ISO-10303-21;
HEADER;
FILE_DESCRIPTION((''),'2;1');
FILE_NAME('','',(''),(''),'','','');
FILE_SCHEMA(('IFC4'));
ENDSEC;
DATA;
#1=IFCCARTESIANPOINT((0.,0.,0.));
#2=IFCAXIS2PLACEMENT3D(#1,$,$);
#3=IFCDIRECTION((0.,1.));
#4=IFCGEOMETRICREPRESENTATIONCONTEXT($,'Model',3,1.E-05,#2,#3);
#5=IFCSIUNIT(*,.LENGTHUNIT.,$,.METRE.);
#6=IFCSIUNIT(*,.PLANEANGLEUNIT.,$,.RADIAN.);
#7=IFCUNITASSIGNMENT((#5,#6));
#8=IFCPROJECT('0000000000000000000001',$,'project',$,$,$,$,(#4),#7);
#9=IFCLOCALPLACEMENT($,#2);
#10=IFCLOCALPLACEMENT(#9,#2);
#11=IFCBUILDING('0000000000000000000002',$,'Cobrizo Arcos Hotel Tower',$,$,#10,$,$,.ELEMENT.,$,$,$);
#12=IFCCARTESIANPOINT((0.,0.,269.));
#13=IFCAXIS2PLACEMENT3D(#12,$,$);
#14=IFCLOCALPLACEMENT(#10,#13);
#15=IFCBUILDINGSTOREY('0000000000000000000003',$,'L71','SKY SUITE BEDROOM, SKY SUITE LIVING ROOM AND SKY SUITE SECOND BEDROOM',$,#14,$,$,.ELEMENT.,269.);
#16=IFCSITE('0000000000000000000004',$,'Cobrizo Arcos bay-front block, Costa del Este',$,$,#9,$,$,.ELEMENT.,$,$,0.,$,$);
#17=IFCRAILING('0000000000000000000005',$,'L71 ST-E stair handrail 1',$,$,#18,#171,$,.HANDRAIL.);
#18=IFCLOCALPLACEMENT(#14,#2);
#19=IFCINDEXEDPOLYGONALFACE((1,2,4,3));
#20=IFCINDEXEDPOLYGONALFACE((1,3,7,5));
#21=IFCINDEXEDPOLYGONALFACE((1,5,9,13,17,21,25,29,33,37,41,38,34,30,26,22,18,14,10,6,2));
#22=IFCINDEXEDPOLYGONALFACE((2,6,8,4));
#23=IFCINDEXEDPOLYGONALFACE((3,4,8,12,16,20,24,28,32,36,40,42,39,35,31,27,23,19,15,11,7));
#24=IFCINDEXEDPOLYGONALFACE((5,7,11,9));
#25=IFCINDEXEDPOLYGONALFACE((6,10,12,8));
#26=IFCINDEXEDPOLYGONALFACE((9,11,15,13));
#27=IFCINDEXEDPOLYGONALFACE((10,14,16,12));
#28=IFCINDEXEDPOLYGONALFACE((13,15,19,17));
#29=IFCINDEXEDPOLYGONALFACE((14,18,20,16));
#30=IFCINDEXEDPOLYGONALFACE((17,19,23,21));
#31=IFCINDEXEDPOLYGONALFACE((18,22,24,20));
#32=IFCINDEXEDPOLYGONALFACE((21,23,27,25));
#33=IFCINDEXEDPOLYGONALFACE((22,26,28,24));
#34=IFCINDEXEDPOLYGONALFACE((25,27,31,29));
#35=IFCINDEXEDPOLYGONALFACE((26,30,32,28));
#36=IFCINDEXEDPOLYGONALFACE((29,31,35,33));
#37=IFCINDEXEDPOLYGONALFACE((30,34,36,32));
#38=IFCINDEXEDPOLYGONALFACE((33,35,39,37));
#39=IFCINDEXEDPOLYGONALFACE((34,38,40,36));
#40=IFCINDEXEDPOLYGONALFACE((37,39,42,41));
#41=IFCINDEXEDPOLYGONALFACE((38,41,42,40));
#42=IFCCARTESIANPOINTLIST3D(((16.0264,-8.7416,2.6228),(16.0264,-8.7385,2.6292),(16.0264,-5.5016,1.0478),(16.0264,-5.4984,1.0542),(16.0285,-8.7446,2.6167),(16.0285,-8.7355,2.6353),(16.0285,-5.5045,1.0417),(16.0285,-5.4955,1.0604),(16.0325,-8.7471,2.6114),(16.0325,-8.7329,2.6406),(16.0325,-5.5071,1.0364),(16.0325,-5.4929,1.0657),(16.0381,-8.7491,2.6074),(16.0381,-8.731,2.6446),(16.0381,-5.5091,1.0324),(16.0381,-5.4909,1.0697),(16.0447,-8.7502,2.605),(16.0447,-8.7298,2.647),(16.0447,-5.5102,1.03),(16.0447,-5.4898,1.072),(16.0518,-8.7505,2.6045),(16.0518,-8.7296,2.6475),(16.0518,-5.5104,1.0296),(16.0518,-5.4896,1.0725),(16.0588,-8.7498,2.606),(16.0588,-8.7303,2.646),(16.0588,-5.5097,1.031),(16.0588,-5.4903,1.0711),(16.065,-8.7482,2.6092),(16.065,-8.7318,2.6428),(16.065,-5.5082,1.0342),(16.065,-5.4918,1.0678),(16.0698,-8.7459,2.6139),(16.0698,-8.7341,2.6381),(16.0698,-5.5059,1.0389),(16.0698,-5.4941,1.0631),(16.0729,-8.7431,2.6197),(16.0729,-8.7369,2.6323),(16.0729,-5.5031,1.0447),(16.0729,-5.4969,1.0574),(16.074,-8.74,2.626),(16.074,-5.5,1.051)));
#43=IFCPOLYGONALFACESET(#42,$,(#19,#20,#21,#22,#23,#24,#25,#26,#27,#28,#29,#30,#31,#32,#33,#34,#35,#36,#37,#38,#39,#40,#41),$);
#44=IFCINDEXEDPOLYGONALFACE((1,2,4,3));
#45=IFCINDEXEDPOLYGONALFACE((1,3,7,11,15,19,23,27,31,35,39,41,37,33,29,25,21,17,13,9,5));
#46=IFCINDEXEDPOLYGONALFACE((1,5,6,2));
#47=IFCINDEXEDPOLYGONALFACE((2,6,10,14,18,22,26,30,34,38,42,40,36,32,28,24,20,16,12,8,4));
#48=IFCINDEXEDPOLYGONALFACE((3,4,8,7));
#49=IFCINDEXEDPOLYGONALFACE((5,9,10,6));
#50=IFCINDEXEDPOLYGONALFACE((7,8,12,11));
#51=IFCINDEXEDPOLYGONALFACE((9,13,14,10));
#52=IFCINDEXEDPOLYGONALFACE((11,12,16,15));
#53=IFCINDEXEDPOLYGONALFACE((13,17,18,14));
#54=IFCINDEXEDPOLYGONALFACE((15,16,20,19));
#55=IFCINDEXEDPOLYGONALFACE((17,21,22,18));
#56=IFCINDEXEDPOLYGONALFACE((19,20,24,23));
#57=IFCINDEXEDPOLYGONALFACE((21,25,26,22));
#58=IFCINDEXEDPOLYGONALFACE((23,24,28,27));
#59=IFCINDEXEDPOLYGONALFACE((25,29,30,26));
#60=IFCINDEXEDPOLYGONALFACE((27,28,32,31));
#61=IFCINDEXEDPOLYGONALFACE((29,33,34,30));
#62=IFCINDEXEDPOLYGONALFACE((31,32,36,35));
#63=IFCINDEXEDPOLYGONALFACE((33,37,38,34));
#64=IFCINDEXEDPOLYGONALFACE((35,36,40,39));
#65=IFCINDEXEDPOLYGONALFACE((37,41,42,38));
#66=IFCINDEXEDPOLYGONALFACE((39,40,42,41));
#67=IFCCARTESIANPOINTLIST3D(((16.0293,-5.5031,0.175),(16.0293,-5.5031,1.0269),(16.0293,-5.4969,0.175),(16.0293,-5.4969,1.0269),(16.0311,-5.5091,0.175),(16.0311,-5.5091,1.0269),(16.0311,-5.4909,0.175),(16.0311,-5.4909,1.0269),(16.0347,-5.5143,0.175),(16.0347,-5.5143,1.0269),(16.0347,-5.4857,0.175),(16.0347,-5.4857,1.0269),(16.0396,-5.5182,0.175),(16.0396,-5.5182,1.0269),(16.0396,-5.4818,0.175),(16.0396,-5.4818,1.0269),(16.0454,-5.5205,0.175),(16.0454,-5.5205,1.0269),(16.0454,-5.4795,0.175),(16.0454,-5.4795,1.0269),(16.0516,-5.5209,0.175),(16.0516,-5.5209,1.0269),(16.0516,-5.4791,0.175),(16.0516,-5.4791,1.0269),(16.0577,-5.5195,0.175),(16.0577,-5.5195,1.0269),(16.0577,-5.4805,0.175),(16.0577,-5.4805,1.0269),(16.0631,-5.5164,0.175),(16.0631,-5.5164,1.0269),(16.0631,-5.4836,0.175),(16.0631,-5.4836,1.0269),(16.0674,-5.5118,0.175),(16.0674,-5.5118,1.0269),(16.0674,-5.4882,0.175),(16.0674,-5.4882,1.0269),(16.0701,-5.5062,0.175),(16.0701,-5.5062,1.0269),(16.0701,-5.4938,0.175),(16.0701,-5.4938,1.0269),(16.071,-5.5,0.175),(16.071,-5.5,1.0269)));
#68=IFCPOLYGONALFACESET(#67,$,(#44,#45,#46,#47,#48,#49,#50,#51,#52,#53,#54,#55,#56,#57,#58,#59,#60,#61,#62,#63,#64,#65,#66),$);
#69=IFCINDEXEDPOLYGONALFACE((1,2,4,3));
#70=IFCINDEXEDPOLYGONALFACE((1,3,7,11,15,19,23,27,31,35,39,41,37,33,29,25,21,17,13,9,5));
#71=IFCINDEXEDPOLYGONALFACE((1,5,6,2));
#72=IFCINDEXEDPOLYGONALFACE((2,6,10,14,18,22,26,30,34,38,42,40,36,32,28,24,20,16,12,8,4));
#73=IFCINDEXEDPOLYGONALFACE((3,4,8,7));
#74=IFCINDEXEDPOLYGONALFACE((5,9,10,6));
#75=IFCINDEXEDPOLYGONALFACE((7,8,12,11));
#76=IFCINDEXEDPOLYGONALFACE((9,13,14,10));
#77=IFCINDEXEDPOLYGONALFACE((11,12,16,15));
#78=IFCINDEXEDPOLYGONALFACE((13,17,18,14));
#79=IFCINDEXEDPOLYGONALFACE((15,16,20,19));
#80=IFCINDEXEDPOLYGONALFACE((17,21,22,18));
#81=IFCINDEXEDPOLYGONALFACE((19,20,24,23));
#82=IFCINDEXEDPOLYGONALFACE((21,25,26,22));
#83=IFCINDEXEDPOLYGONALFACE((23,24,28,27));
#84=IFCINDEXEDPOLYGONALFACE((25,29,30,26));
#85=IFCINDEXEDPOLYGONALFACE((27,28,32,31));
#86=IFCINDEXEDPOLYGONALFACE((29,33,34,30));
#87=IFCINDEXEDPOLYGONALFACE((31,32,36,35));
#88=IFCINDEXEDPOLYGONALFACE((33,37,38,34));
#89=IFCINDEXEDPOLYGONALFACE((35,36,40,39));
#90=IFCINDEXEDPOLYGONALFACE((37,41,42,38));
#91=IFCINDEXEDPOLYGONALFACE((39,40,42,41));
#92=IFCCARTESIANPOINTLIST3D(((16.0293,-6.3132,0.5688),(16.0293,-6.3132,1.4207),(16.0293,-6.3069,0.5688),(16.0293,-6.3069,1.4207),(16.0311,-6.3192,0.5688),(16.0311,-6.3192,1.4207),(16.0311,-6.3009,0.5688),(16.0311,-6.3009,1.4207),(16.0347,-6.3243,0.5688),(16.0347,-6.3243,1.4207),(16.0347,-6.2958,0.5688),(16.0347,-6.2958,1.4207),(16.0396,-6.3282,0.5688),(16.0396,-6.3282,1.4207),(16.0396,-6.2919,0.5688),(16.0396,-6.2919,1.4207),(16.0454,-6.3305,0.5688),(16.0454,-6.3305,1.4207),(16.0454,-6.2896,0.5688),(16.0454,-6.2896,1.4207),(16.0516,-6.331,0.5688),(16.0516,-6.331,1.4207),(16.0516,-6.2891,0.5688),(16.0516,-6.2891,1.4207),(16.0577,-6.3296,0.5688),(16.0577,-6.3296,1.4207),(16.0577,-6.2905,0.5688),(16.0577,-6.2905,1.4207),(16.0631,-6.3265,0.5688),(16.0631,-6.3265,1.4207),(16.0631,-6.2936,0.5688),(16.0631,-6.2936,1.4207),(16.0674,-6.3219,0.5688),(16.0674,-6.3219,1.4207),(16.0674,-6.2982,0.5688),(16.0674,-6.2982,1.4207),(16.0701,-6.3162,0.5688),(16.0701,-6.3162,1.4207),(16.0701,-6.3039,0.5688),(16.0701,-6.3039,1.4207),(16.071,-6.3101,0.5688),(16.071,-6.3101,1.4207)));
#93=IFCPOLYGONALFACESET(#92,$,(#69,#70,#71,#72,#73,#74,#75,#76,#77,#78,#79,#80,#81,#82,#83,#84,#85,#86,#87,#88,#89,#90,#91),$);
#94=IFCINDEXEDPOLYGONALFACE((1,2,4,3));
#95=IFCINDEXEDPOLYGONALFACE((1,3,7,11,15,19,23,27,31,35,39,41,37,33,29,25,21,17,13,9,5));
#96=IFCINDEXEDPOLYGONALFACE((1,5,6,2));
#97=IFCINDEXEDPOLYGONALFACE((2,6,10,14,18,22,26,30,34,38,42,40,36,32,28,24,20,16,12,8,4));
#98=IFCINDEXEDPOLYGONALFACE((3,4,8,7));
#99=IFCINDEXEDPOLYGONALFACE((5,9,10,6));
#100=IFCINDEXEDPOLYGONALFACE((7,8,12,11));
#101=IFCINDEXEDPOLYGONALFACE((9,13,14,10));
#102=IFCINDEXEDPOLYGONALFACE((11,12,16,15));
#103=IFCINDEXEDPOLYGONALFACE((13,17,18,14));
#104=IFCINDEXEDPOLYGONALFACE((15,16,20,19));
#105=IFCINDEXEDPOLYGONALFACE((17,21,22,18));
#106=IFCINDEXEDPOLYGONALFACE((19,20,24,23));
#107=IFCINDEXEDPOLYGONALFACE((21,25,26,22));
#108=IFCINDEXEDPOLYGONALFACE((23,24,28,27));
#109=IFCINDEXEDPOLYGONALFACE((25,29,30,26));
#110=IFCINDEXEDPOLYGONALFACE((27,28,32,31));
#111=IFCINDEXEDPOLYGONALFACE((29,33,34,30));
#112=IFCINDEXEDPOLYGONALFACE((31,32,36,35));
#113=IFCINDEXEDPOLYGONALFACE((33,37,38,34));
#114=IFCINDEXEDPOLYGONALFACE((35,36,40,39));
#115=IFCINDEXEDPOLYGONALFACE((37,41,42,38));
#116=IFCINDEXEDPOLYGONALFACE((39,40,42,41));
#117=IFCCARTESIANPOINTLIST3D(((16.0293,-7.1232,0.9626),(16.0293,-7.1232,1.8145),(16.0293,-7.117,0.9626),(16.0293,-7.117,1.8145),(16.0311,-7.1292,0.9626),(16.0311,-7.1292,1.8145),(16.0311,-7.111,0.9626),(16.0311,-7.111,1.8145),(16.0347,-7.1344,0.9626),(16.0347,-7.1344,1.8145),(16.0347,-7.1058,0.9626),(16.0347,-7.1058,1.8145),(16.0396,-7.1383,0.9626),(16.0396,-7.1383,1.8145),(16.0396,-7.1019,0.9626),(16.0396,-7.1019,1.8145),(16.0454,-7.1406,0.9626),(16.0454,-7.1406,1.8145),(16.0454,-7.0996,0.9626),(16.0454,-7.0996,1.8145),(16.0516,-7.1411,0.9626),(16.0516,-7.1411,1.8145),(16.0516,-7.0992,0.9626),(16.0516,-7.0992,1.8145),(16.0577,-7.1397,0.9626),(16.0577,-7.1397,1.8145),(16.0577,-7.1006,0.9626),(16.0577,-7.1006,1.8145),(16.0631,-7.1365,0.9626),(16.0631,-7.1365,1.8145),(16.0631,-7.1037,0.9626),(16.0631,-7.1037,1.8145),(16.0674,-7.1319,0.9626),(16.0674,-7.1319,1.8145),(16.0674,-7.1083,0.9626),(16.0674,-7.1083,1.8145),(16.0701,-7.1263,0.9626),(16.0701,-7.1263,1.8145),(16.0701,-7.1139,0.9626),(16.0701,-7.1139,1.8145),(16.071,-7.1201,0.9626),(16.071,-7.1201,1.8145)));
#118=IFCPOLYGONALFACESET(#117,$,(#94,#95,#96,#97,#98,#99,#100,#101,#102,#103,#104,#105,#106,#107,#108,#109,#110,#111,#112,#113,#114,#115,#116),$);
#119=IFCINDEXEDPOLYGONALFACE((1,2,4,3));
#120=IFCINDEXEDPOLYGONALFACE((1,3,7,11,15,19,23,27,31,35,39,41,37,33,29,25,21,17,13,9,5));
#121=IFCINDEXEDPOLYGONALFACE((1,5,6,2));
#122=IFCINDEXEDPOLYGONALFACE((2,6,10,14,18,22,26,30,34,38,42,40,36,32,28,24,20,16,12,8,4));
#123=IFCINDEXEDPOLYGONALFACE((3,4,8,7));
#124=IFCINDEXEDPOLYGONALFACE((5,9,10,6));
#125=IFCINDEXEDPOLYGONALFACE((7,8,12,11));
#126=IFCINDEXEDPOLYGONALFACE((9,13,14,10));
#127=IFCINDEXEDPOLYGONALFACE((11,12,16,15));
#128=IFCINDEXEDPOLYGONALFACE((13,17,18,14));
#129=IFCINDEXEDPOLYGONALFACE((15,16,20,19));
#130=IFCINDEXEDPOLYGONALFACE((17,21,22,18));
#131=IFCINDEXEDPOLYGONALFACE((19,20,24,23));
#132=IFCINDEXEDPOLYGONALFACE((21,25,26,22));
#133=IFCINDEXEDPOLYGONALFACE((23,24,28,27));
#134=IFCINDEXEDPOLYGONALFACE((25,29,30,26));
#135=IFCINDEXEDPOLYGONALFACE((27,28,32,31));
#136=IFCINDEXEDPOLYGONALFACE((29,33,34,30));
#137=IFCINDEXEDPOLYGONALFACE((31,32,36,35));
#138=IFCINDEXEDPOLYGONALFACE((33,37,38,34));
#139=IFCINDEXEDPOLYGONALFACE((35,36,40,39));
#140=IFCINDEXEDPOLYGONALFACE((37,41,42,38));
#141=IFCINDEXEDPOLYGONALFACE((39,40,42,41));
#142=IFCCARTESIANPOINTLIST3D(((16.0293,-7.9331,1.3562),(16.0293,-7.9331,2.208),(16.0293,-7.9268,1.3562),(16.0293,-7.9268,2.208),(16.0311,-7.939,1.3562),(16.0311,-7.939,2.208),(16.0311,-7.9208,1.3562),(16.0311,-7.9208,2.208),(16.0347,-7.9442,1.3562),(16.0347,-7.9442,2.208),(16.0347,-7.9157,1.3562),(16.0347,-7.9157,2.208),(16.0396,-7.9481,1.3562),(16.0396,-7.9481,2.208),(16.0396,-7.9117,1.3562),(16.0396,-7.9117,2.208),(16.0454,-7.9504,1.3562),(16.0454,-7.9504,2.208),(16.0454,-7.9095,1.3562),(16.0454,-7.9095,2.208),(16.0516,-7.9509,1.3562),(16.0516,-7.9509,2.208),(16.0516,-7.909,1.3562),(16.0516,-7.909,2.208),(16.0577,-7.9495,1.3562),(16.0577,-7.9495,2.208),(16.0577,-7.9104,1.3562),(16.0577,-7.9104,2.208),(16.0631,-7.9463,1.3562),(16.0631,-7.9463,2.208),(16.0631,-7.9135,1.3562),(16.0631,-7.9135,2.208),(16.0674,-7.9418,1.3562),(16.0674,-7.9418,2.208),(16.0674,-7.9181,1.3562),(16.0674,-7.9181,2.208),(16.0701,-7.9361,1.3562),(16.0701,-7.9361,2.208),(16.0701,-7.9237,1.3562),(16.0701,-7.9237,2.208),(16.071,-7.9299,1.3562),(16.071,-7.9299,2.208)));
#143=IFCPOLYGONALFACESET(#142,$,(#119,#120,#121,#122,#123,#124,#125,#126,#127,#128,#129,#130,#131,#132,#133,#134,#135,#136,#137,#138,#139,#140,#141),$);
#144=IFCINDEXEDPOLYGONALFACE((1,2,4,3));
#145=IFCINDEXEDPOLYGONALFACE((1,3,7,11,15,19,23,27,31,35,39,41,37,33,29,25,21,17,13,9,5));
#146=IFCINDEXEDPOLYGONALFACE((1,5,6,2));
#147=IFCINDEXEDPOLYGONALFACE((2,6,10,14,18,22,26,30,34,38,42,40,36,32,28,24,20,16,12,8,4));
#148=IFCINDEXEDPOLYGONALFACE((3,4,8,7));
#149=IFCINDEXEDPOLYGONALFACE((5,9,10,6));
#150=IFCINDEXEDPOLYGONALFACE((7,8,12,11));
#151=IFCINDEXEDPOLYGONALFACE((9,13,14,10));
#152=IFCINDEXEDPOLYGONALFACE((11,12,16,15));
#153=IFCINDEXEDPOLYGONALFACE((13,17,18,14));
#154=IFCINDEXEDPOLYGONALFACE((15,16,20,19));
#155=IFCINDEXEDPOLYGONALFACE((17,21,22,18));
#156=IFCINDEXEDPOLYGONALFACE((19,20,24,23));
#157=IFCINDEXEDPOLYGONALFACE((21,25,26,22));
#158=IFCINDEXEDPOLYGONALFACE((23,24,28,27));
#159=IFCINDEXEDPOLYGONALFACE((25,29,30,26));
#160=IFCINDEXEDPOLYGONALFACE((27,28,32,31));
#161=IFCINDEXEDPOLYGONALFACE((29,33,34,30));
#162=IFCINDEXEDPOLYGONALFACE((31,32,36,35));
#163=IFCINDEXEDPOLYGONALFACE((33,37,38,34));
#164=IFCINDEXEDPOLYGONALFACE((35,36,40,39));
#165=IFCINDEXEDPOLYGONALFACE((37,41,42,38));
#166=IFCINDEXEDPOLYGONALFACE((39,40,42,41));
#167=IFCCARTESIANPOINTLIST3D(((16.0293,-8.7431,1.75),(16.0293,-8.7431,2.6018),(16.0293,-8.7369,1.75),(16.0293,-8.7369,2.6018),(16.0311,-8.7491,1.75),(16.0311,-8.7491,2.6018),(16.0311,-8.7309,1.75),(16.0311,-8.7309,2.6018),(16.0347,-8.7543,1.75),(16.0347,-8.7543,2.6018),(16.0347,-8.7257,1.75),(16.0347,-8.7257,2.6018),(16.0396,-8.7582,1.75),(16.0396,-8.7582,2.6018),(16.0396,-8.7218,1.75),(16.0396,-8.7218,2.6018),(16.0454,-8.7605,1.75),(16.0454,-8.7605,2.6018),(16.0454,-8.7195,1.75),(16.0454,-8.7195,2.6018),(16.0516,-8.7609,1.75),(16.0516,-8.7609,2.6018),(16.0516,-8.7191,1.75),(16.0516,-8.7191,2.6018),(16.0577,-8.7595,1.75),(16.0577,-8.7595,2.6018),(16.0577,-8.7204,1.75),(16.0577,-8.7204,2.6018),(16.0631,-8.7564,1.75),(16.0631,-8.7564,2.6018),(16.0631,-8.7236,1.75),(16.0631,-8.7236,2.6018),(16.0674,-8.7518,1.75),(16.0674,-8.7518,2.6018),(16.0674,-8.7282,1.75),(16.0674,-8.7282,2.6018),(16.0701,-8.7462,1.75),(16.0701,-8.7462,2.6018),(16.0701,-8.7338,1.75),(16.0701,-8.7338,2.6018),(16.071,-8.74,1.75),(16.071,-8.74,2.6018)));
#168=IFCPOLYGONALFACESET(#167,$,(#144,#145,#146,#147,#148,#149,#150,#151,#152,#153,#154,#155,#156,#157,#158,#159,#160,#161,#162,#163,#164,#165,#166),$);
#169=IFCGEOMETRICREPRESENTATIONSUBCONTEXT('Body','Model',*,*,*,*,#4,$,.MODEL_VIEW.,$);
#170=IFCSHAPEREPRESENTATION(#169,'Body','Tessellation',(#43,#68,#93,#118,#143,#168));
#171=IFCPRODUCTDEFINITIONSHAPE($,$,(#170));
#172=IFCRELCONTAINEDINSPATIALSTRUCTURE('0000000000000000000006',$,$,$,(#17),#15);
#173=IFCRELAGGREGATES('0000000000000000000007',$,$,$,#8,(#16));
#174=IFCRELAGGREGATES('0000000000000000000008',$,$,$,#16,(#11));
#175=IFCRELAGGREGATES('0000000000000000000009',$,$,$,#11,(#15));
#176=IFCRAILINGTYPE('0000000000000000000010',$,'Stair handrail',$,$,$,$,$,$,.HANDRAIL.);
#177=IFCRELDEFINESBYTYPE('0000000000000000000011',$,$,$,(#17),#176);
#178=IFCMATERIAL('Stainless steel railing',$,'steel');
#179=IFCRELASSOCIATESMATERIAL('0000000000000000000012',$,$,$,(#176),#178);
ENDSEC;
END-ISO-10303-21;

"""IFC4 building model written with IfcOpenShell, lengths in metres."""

from ifc_helpers import new_model, si_unit, direction, frame, origin, origin_2d, place, context, subcontext, project, spatial, circle, extrude, material, type_object, element, save


model = new_model("IFC4")

# Units and contexts
model_context = context("Model", 3, precision=1e-05, world=origin(), true_north=direction((0.0, 1.0)))
body_context = subcontext(model_context, "Body", "Model", "MODEL_VIEW")
ifc_project = project(units=[si_unit("LENGTHUNIT", "METRE"), si_unit("PLANEANGLEUNIT", "RADIAN")], contexts=[model_context])

# Site, building, storey
site_placement = place(None, origin())
site = spatial("IfcSite", under=ifc_project, at=site_placement, Name="Cobrizo Arcos bay-front block, Costa del Este", CompositionType="ELEMENT", RefElevation=0.0)
building_placement = place(site_placement, origin())
building = spatial("IfcBuilding", under=site, at=building_placement, Name="Cobrizo Arcos Hotel Tower", CompositionType="ELEMENT")
storey_placement = place(building_placement, frame((0.0, 0.0, 269.0)))
storey = spatial("IfcBuildingStorey", under=building, at=storey_placement, Name="L71", Description="SKY SUITE BEDROOM, SKY SUITE LIVING ROOM AND SKY SUITE SECOND BEDROOM", CompositionType="ELEMENT", Elevation=269.0)

# Railing
ifc_material_1 = material(Name="Stainless steel railing", Category="steel")
railing_type_1 = type_object("IfcRailingType", Name="Stair handrail", PredefinedType="HANDRAIL", material=ifc_material_1)
railing_1_placement = place(storey_placement, frame((16.05, -5.5, 0.175)))
element("IfcRailing", 1, at=railing_1_placement, inside=storey, type_object=railing_type_1, Name="L71 ST-E stair handrail 1", PredefinedType="HANDRAIL", context=body_context, shape_type="SweptSolid", body=[
    extrude(circle(Radius=0.0239, at=origin_2d()), frame((0.0, 0.0, 0.876), z_axis=(0.0, -0.899373, 0.437183), x_axis=(1.0, 0.0, 0.0)), (0.0, 0.0, 1.0), 3.6025),
    extrude(circle(Radius=0.021, at=origin_2d()), origin(), (0.0, 0.0, 1.0), 0.8518),
    extrude(circle(Radius=0.021, at=origin_2d()), frame((0.0, -0.8101, 0.3938)), (0.0, 0.0, 1.0), 0.8518),
    extrude(circle(Radius=0.021, at=origin_2d()), frame((0.0, -1.6201, 0.7876)), (0.0, 0.0, 1.0), 0.8518),
    extrude(circle(Radius=0.021, at=origin_2d()), frame((0.0, -2.4299, 1.1812)), (0.0, 0.0, 1.0), 0.8518),
    extrude(circle(Radius=0.021, at=origin_2d()), frame((0.0, -3.24, 1.575)), (0.0, 0.0, 1.0), 0.8518),
])

save(model, "model.ifc")
